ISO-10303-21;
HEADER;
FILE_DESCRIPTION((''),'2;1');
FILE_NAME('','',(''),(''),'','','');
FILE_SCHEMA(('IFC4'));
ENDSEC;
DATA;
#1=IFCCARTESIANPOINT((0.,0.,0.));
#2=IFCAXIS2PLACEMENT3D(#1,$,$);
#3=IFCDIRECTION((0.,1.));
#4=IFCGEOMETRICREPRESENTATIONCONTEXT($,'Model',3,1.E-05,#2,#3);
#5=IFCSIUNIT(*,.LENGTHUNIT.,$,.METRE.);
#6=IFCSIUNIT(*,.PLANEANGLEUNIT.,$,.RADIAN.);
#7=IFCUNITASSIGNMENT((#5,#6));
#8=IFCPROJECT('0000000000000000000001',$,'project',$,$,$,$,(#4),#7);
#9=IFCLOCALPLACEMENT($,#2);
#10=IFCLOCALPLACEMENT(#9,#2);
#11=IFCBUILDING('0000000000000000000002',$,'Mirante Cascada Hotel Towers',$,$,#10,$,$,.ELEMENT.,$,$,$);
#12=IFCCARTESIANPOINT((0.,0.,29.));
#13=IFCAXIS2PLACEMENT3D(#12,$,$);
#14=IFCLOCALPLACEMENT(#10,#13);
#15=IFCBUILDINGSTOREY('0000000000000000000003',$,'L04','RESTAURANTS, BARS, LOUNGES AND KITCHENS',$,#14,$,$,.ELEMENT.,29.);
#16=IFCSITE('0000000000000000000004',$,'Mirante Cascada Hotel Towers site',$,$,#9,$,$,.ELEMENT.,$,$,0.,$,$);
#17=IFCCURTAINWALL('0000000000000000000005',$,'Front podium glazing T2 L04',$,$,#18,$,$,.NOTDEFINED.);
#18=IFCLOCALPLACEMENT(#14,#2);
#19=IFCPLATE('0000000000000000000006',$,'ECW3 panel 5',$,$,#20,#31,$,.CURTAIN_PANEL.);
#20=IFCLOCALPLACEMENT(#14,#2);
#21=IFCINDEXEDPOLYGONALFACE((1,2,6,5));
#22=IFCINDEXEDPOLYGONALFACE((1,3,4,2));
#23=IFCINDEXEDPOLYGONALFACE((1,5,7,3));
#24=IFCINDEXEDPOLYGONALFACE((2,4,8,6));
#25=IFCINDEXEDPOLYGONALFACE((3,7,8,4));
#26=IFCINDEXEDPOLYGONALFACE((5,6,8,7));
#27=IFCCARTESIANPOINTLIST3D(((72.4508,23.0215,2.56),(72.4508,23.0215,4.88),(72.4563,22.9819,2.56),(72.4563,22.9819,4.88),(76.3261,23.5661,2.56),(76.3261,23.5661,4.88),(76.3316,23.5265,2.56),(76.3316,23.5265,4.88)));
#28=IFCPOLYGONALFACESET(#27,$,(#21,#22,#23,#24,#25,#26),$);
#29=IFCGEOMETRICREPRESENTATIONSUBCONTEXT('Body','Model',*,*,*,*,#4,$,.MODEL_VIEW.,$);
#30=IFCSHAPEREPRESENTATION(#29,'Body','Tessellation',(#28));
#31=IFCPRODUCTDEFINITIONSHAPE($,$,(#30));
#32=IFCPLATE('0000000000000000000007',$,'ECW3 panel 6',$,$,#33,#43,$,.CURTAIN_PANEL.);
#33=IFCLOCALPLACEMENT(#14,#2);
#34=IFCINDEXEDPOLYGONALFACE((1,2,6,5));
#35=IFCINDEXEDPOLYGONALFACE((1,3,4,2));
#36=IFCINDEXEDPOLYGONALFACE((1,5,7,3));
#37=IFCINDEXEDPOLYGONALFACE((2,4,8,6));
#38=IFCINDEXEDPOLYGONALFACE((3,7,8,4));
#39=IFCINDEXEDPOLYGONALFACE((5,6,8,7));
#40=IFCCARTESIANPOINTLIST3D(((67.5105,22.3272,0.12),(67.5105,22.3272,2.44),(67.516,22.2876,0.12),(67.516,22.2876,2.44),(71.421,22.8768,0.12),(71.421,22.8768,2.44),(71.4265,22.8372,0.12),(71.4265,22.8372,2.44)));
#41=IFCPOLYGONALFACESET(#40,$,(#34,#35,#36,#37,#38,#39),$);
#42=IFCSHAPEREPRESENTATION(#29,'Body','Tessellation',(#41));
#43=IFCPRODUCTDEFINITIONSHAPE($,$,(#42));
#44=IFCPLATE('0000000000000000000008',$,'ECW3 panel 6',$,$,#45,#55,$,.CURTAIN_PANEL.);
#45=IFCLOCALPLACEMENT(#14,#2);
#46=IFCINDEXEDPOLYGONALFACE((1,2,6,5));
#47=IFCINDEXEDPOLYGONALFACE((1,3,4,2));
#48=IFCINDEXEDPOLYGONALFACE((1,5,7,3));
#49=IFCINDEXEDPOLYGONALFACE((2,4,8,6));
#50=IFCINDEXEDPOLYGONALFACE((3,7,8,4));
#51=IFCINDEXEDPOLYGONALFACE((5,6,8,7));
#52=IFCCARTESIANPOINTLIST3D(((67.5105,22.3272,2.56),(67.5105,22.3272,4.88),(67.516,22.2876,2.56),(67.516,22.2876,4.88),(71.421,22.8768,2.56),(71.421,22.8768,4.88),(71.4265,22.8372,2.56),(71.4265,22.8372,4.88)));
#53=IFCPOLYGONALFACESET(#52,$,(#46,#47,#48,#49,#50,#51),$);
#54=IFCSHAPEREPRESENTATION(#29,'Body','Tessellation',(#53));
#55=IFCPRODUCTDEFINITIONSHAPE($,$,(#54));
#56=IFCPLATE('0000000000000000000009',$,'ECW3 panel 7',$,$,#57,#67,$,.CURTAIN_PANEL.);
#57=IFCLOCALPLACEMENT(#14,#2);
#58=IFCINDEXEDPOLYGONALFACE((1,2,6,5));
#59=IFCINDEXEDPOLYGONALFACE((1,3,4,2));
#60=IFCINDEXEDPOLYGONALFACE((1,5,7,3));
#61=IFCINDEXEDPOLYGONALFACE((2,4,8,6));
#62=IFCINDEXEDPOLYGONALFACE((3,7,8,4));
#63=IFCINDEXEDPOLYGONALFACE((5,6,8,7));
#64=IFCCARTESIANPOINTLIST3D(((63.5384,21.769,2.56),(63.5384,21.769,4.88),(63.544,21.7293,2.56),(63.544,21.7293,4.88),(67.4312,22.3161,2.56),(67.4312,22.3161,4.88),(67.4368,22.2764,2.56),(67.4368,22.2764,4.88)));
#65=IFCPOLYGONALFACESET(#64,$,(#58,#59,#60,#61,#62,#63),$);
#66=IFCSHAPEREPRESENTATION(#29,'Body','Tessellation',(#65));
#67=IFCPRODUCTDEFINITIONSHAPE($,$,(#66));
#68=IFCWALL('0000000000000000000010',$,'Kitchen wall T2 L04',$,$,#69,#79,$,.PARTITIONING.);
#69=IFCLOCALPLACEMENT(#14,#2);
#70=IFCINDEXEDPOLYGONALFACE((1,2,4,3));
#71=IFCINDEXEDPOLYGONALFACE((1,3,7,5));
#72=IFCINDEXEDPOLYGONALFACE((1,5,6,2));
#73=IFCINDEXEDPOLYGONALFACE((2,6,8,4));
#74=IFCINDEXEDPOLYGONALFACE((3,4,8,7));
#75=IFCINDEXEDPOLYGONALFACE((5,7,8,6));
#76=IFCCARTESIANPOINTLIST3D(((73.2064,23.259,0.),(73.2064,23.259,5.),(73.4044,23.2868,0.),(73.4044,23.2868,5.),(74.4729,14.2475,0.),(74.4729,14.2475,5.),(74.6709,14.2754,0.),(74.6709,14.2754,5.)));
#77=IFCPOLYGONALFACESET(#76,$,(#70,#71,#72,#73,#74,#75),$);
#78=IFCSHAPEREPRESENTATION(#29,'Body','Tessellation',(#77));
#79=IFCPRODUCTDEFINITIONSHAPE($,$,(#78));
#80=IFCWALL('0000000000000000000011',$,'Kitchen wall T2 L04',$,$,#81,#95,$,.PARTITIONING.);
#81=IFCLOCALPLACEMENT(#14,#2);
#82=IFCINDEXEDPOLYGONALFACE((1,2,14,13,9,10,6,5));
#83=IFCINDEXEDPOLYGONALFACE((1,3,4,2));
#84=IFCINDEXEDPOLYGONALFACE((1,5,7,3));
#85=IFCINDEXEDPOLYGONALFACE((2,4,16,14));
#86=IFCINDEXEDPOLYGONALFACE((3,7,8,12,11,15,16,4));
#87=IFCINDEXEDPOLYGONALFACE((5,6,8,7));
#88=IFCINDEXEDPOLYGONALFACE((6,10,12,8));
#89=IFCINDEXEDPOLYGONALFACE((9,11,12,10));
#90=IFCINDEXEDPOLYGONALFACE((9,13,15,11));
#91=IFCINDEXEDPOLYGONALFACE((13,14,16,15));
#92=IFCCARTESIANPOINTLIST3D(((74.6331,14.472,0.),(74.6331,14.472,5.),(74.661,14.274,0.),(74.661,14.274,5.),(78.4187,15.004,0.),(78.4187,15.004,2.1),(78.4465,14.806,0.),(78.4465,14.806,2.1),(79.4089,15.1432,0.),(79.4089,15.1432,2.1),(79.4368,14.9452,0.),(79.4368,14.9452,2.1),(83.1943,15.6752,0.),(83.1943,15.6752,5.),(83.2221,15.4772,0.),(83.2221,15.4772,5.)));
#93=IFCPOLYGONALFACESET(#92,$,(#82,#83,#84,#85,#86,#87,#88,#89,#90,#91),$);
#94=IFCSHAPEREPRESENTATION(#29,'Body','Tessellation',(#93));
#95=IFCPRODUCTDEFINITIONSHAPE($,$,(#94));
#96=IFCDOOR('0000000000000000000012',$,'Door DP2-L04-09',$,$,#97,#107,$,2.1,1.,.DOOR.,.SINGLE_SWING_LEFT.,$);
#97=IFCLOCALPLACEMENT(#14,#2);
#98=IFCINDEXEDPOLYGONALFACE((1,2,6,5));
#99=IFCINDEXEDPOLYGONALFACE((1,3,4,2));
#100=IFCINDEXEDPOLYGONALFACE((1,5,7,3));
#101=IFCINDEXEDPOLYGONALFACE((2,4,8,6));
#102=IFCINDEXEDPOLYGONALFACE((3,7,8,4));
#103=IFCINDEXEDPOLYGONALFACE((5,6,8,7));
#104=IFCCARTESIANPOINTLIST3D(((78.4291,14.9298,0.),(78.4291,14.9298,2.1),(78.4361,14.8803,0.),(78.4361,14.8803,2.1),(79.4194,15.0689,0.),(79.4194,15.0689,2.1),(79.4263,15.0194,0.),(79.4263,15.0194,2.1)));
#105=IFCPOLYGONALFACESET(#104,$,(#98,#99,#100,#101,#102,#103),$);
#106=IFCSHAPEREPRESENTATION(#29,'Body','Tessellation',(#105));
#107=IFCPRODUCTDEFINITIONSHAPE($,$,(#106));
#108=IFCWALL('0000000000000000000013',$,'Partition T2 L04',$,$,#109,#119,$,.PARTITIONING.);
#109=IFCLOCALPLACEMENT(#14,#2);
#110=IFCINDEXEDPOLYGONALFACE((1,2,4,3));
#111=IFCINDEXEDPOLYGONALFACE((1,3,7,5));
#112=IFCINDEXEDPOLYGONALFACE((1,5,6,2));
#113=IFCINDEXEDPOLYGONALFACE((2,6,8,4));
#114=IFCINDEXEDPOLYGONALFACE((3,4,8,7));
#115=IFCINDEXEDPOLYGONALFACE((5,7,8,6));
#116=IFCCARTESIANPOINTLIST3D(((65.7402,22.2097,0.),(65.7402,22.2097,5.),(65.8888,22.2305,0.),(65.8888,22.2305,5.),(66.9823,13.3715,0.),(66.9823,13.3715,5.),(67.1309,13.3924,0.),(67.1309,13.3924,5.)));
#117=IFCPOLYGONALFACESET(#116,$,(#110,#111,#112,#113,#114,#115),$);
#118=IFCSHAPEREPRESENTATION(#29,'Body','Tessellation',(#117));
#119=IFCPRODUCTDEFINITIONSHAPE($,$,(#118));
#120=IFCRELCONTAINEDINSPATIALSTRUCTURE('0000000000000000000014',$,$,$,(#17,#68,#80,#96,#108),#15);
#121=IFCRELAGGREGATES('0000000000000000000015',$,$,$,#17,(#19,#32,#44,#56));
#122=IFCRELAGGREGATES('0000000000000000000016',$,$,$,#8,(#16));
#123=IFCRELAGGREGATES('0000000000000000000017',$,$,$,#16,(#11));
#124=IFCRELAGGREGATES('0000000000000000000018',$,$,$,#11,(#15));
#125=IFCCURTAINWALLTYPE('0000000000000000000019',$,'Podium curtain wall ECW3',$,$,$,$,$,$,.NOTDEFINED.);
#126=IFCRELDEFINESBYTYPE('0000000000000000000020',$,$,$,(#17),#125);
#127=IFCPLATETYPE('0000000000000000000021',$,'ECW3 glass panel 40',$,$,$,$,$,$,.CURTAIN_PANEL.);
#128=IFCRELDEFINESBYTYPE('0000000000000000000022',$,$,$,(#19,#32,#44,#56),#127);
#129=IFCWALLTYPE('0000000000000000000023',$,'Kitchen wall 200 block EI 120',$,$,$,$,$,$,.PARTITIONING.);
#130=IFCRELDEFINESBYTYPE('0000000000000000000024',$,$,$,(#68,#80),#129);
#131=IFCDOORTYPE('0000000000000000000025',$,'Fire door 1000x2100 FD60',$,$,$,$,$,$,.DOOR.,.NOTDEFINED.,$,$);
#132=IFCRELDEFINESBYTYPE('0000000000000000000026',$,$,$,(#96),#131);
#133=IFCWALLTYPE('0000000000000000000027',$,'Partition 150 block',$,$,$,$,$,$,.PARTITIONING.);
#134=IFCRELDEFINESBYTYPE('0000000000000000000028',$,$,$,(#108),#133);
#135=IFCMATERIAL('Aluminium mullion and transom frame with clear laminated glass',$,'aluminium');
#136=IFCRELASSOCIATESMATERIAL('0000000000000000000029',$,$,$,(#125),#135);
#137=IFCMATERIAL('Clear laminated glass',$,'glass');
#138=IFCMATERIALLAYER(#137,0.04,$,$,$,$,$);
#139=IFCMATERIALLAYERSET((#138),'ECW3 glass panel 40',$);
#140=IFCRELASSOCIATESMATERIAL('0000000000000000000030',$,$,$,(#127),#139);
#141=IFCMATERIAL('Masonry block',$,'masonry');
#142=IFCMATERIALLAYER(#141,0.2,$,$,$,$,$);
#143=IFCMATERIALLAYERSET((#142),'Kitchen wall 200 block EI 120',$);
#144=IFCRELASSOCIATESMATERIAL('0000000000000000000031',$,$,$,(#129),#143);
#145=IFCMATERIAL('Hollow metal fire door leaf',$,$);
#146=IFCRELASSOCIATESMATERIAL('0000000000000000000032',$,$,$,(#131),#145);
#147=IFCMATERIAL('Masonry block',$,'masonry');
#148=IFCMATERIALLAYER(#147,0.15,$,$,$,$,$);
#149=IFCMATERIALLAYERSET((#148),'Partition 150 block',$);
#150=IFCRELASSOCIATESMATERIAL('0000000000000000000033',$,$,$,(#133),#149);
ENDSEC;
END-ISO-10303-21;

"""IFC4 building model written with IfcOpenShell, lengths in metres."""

from ifc_helpers import new_model, si_unit, direction, frame, frame_2d, origin, origin_2d, place, context, subcontext, project, spatial, rectangle, extrude, material, layer, layer_set, type_object, element, fill, aggregate, save


model = new_model("IFC4")

# Units and contexts
model_context = context("Model", 3, precision=1e-05, world=origin(), true_north=direction((0.0, 1.0)))
body_context = subcontext(model_context, "Body", "Model", "MODEL_VIEW")
ifc_project = project(units=[si_unit("LENGTHUNIT", "METRE"), si_unit("PLANEANGLEUNIT", "RADIAN")], contexts=[model_context])

# Site, building, storey
site_placement = place(None, origin())
site = spatial("IfcSite", under=ifc_project, at=site_placement, Name="Mirante Cascada Hotel Towers site", CompositionType="ELEMENT", RefElevation=0.0)
building_placement = place(site_placement, origin())
building = spatial("IfcBuilding", under=site, at=building_placement, Name="Mirante Cascada Hotel Towers", CompositionType="ELEMENT")
storey_placement = place(building_placement, frame((0.0, 0.0, 29.0)))
storey = spatial("IfcBuildingStorey", under=building, at=storey_placement, Name="L04", Description="RESTAURANTS, BARS, LOUNGES AND KITCHENS", CompositionType="ELEMENT", Elevation=29.0)

# Curtain wall, plates
ifc_material_1 = material(Name="Aluminium mullion and transom frame with clear laminated glass", Category="aluminium")
curtain_wall_type = type_object("IfcCurtainWallType", Name="Podium curtain wall ECW3", PredefinedType="NOTDEFINED", material=ifc_material_1)
curtain_wall_placement = place(storey_placement, origin())
curtain_wall = element("IfcCurtainWall", 1, at=curtain_wall_placement, inside=storey, type_object=curtain_wall_type, Name="Front podium glazing T2 L04", PredefinedType="NOTDEFINED")
ifc_material_2 = material(Name="Clear laminated glass", Category="glass")
ifc_layer_1 = layer(ifc_material_2, 0.04)
ifc_layer_set_1 = layer_set([ifc_layer_1], Name="ECW3 glass panel 40")
plate_type = type_object("IfcPlateType", Name="ECW3 glass panel 40", PredefinedType="CURTAIN_PANEL", material=ifc_layer_set_1)
plate_1_placement = place(storey_placement, frame((74.3912, 23.274, 2.56), z_axis=(0.0, 0.0, 1.0), x_axis=(-0.990268, -0.139173, 0.0)))
plate_1 = element("IfcPlate", 2, at=plate_1_placement, type_object=plate_type, Name="ECW3 panel 5", PredefinedType="CURTAIN_PANEL", context=body_context, shape_type="SweptSolid", body=[
    extrude(rectangle(XDim=3.9134, YDim=0.04, at=origin_2d()), origin(), (0.0, 0.0, 1.0), 2.32),
])
plate_2_placement = place(storey_placement, frame((69.4685, 22.5822, 0.12), z_axis=(0.0, 0.0, 1.0), x_axis=(-0.990268, -0.139173, 0.0)))
plate_2 = element("IfcPlate", 3, at=plate_2_placement, type_object=plate_type, Name="ECW3 panel 6", PredefinedType="CURTAIN_PANEL", context=body_context, shape_type="SweptSolid", body=[
    extrude(rectangle(XDim=3.9489, YDim=0.04, at=origin_2d()), origin(), (0.0, 0.0, 1.0), 2.32),
])
plate_3_placement = place(storey_placement, frame((69.4685, 22.5822, 2.56), z_axis=(0.0, 0.0, 1.0), x_axis=(-0.990268, -0.139173, 0.0)))
plate_3 = element("IfcPlate", 4, at=plate_3_placement, type_object=plate_type, Name="ECW3 panel 6", PredefinedType="CURTAIN_PANEL", context=body_context, shape_type="SweptSolid", body=[
    extrude(rectangle(XDim=3.9489, YDim=0.04, at=origin_2d()), origin(), (0.0, 0.0, 1.0), 2.32),
])
plate_4_placement = place(storey_placement, frame((65.4876, 22.0227, 2.56), z_axis=(0.0, 0.0, 1.0), x_axis=(-0.990268, -0.139173, 0.0)))
plate_4 = element("IfcPlate", 5, at=plate_4_placement, type_object=plate_type, Name="ECW3 panel 7", PredefinedType="CURTAIN_PANEL", context=body_context, shape_type="SweptSolid", body=[
    extrude(rectangle(XDim=3.9311, YDim=0.04, at=origin_2d()), origin(), (0.0, 0.0, 1.0), 2.32),
])
aggregate(curtain_wall, [plate_1, plate_2, plate_3, plate_4])

# Wall
ifc_material_3 = material(Name="Masonry block", Category="masonry")
ifc_layer_2 = layer(ifc_material_3, 0.2)
ifc_layer_set_2 = layer_set([ifc_layer_2], Name="Kitchen wall 200 block EI 120")
wall_type_1 = type_object("IfcWallType", Name="Kitchen wall 200 block EI 120", PredefinedType="PARTITIONING", material=ifc_layer_set_2)
wall_1_placement = place(storey_placement, frame((73.3054, 23.2729, 0.0), z_axis=(0.0, 0.0, 1.0), x_axis=(0.139176, -0.990268, 0.0)))
element("IfcWall", 6, at=wall_1_placement, inside=storey, type_object=wall_type_1, Name="Kitchen wall T2 L04", PredefinedType="PARTITIONING", context=body_context, shape_type="SweptSolid", body=[
    extrude(rectangle(XDim=9.1, YDim=0.2, at=frame_2d((4.55, 0.0))), origin(), (0.0, 0.0, 1.0), 5.0),
])

# Wall, opening, door
wall_2_placement = place(storey_placement, frame((74.6471, 14.373, 0.0), z_axis=(0.0, 0.0, 1.0), x_axis=(0.990268, 0.139173, 0.0)))
wall_2 = element("IfcWall", 7, at=wall_2_placement, inside=storey, type_object=wall_type_1, Name="Kitchen wall T2 L04", PredefinedType="PARTITIONING", context=body_context, shape_type="SweptSolid", body=[
    extrude(rectangle(XDim=8.6453, YDim=0.2, at=frame_2d((4.3226, 0.0))), origin(), (0.0, 0.0, 1.0), 5.0),
])
opening_placement = place(wall_2_placement, frame((3.8227, 0.0, 0.0)))
opening = element("IfcOpeningElement", 8, at=opening_placement, cuts=wall_2, PredefinedType="OPENING", context=body_context, shape_type="SweptSolid", body=[
    extrude(rectangle(XDim=1.0, YDim=2.1, at=frame_2d((0.5, 1.05))), frame((0.0, 0.1, 0.0), z_axis=(0.0, -1.0, 0.0), x_axis=(1.0, 0.0, 0.0)), (0.0, 0.0, 1.0), 0.2),
])
ifc_material_4 = material(Name="Hollow metal fire door leaf")
door_type = type_object("IfcDoorType", Name="Fire door 1000x2100 FD60", OperationType="NOTDEFINED", PredefinedType="DOOR", material=ifc_material_4)
door_placement = place(opening_placement, origin())
door = element("IfcDoor", 9, at=door_placement, inside=storey, type_object=door_type, Name="Door DP2-L04-09", OperationType="SINGLE_SWING_LEFT", OverallHeight=2.1, OverallWidth=1.0, PredefinedType="DOOR", context=body_context, shape_type="SweptSolid", body=[
    extrude(rectangle(XDim=1.0, YDim=2.1, at=frame_2d((0.5, 1.05))), frame((0.0, 0.025, 0.0), z_axis=(0.0, -1.0, 0.0), x_axis=(1.0, 0.0, 0.0)), (0.0, 0.0, 1.0), 0.05),
])
fill(opening, door)

# Wall
ifc_material_5 = material(Name="Masonry block", Category="masonry")
ifc_layer_3 = layer(ifc_material_5, 0.15)
ifc_layer_set_3 = layer_set([ifc_layer_3], Name="Partition 150 block")
wall_type_2 = type_object("IfcWallType", Name="Partition 150 block", PredefinedType="PARTITIONING", material=ifc_layer_set_3)
wall_3_placement = place(storey_placement, frame((65.8145, 22.2201, 0.0), z_axis=(0.0, 0.0, 1.0), x_axis=(0.139172, -0.990268, 0.0)))
element("IfcWall", 10, at=wall_3_placement, inside=storey, type_object=wall_type_2, Name="Partition T2 L04", PredefinedType="PARTITIONING", context=body_context, shape_type="SweptSolid", body=[
    extrude(rectangle(XDim=8.925, YDim=0.15, at=frame_2d((4.4625, 0.0))), origin(), (0.0, 0.0, 1.0), 5.0),
])

save(model, "model.ifc")
